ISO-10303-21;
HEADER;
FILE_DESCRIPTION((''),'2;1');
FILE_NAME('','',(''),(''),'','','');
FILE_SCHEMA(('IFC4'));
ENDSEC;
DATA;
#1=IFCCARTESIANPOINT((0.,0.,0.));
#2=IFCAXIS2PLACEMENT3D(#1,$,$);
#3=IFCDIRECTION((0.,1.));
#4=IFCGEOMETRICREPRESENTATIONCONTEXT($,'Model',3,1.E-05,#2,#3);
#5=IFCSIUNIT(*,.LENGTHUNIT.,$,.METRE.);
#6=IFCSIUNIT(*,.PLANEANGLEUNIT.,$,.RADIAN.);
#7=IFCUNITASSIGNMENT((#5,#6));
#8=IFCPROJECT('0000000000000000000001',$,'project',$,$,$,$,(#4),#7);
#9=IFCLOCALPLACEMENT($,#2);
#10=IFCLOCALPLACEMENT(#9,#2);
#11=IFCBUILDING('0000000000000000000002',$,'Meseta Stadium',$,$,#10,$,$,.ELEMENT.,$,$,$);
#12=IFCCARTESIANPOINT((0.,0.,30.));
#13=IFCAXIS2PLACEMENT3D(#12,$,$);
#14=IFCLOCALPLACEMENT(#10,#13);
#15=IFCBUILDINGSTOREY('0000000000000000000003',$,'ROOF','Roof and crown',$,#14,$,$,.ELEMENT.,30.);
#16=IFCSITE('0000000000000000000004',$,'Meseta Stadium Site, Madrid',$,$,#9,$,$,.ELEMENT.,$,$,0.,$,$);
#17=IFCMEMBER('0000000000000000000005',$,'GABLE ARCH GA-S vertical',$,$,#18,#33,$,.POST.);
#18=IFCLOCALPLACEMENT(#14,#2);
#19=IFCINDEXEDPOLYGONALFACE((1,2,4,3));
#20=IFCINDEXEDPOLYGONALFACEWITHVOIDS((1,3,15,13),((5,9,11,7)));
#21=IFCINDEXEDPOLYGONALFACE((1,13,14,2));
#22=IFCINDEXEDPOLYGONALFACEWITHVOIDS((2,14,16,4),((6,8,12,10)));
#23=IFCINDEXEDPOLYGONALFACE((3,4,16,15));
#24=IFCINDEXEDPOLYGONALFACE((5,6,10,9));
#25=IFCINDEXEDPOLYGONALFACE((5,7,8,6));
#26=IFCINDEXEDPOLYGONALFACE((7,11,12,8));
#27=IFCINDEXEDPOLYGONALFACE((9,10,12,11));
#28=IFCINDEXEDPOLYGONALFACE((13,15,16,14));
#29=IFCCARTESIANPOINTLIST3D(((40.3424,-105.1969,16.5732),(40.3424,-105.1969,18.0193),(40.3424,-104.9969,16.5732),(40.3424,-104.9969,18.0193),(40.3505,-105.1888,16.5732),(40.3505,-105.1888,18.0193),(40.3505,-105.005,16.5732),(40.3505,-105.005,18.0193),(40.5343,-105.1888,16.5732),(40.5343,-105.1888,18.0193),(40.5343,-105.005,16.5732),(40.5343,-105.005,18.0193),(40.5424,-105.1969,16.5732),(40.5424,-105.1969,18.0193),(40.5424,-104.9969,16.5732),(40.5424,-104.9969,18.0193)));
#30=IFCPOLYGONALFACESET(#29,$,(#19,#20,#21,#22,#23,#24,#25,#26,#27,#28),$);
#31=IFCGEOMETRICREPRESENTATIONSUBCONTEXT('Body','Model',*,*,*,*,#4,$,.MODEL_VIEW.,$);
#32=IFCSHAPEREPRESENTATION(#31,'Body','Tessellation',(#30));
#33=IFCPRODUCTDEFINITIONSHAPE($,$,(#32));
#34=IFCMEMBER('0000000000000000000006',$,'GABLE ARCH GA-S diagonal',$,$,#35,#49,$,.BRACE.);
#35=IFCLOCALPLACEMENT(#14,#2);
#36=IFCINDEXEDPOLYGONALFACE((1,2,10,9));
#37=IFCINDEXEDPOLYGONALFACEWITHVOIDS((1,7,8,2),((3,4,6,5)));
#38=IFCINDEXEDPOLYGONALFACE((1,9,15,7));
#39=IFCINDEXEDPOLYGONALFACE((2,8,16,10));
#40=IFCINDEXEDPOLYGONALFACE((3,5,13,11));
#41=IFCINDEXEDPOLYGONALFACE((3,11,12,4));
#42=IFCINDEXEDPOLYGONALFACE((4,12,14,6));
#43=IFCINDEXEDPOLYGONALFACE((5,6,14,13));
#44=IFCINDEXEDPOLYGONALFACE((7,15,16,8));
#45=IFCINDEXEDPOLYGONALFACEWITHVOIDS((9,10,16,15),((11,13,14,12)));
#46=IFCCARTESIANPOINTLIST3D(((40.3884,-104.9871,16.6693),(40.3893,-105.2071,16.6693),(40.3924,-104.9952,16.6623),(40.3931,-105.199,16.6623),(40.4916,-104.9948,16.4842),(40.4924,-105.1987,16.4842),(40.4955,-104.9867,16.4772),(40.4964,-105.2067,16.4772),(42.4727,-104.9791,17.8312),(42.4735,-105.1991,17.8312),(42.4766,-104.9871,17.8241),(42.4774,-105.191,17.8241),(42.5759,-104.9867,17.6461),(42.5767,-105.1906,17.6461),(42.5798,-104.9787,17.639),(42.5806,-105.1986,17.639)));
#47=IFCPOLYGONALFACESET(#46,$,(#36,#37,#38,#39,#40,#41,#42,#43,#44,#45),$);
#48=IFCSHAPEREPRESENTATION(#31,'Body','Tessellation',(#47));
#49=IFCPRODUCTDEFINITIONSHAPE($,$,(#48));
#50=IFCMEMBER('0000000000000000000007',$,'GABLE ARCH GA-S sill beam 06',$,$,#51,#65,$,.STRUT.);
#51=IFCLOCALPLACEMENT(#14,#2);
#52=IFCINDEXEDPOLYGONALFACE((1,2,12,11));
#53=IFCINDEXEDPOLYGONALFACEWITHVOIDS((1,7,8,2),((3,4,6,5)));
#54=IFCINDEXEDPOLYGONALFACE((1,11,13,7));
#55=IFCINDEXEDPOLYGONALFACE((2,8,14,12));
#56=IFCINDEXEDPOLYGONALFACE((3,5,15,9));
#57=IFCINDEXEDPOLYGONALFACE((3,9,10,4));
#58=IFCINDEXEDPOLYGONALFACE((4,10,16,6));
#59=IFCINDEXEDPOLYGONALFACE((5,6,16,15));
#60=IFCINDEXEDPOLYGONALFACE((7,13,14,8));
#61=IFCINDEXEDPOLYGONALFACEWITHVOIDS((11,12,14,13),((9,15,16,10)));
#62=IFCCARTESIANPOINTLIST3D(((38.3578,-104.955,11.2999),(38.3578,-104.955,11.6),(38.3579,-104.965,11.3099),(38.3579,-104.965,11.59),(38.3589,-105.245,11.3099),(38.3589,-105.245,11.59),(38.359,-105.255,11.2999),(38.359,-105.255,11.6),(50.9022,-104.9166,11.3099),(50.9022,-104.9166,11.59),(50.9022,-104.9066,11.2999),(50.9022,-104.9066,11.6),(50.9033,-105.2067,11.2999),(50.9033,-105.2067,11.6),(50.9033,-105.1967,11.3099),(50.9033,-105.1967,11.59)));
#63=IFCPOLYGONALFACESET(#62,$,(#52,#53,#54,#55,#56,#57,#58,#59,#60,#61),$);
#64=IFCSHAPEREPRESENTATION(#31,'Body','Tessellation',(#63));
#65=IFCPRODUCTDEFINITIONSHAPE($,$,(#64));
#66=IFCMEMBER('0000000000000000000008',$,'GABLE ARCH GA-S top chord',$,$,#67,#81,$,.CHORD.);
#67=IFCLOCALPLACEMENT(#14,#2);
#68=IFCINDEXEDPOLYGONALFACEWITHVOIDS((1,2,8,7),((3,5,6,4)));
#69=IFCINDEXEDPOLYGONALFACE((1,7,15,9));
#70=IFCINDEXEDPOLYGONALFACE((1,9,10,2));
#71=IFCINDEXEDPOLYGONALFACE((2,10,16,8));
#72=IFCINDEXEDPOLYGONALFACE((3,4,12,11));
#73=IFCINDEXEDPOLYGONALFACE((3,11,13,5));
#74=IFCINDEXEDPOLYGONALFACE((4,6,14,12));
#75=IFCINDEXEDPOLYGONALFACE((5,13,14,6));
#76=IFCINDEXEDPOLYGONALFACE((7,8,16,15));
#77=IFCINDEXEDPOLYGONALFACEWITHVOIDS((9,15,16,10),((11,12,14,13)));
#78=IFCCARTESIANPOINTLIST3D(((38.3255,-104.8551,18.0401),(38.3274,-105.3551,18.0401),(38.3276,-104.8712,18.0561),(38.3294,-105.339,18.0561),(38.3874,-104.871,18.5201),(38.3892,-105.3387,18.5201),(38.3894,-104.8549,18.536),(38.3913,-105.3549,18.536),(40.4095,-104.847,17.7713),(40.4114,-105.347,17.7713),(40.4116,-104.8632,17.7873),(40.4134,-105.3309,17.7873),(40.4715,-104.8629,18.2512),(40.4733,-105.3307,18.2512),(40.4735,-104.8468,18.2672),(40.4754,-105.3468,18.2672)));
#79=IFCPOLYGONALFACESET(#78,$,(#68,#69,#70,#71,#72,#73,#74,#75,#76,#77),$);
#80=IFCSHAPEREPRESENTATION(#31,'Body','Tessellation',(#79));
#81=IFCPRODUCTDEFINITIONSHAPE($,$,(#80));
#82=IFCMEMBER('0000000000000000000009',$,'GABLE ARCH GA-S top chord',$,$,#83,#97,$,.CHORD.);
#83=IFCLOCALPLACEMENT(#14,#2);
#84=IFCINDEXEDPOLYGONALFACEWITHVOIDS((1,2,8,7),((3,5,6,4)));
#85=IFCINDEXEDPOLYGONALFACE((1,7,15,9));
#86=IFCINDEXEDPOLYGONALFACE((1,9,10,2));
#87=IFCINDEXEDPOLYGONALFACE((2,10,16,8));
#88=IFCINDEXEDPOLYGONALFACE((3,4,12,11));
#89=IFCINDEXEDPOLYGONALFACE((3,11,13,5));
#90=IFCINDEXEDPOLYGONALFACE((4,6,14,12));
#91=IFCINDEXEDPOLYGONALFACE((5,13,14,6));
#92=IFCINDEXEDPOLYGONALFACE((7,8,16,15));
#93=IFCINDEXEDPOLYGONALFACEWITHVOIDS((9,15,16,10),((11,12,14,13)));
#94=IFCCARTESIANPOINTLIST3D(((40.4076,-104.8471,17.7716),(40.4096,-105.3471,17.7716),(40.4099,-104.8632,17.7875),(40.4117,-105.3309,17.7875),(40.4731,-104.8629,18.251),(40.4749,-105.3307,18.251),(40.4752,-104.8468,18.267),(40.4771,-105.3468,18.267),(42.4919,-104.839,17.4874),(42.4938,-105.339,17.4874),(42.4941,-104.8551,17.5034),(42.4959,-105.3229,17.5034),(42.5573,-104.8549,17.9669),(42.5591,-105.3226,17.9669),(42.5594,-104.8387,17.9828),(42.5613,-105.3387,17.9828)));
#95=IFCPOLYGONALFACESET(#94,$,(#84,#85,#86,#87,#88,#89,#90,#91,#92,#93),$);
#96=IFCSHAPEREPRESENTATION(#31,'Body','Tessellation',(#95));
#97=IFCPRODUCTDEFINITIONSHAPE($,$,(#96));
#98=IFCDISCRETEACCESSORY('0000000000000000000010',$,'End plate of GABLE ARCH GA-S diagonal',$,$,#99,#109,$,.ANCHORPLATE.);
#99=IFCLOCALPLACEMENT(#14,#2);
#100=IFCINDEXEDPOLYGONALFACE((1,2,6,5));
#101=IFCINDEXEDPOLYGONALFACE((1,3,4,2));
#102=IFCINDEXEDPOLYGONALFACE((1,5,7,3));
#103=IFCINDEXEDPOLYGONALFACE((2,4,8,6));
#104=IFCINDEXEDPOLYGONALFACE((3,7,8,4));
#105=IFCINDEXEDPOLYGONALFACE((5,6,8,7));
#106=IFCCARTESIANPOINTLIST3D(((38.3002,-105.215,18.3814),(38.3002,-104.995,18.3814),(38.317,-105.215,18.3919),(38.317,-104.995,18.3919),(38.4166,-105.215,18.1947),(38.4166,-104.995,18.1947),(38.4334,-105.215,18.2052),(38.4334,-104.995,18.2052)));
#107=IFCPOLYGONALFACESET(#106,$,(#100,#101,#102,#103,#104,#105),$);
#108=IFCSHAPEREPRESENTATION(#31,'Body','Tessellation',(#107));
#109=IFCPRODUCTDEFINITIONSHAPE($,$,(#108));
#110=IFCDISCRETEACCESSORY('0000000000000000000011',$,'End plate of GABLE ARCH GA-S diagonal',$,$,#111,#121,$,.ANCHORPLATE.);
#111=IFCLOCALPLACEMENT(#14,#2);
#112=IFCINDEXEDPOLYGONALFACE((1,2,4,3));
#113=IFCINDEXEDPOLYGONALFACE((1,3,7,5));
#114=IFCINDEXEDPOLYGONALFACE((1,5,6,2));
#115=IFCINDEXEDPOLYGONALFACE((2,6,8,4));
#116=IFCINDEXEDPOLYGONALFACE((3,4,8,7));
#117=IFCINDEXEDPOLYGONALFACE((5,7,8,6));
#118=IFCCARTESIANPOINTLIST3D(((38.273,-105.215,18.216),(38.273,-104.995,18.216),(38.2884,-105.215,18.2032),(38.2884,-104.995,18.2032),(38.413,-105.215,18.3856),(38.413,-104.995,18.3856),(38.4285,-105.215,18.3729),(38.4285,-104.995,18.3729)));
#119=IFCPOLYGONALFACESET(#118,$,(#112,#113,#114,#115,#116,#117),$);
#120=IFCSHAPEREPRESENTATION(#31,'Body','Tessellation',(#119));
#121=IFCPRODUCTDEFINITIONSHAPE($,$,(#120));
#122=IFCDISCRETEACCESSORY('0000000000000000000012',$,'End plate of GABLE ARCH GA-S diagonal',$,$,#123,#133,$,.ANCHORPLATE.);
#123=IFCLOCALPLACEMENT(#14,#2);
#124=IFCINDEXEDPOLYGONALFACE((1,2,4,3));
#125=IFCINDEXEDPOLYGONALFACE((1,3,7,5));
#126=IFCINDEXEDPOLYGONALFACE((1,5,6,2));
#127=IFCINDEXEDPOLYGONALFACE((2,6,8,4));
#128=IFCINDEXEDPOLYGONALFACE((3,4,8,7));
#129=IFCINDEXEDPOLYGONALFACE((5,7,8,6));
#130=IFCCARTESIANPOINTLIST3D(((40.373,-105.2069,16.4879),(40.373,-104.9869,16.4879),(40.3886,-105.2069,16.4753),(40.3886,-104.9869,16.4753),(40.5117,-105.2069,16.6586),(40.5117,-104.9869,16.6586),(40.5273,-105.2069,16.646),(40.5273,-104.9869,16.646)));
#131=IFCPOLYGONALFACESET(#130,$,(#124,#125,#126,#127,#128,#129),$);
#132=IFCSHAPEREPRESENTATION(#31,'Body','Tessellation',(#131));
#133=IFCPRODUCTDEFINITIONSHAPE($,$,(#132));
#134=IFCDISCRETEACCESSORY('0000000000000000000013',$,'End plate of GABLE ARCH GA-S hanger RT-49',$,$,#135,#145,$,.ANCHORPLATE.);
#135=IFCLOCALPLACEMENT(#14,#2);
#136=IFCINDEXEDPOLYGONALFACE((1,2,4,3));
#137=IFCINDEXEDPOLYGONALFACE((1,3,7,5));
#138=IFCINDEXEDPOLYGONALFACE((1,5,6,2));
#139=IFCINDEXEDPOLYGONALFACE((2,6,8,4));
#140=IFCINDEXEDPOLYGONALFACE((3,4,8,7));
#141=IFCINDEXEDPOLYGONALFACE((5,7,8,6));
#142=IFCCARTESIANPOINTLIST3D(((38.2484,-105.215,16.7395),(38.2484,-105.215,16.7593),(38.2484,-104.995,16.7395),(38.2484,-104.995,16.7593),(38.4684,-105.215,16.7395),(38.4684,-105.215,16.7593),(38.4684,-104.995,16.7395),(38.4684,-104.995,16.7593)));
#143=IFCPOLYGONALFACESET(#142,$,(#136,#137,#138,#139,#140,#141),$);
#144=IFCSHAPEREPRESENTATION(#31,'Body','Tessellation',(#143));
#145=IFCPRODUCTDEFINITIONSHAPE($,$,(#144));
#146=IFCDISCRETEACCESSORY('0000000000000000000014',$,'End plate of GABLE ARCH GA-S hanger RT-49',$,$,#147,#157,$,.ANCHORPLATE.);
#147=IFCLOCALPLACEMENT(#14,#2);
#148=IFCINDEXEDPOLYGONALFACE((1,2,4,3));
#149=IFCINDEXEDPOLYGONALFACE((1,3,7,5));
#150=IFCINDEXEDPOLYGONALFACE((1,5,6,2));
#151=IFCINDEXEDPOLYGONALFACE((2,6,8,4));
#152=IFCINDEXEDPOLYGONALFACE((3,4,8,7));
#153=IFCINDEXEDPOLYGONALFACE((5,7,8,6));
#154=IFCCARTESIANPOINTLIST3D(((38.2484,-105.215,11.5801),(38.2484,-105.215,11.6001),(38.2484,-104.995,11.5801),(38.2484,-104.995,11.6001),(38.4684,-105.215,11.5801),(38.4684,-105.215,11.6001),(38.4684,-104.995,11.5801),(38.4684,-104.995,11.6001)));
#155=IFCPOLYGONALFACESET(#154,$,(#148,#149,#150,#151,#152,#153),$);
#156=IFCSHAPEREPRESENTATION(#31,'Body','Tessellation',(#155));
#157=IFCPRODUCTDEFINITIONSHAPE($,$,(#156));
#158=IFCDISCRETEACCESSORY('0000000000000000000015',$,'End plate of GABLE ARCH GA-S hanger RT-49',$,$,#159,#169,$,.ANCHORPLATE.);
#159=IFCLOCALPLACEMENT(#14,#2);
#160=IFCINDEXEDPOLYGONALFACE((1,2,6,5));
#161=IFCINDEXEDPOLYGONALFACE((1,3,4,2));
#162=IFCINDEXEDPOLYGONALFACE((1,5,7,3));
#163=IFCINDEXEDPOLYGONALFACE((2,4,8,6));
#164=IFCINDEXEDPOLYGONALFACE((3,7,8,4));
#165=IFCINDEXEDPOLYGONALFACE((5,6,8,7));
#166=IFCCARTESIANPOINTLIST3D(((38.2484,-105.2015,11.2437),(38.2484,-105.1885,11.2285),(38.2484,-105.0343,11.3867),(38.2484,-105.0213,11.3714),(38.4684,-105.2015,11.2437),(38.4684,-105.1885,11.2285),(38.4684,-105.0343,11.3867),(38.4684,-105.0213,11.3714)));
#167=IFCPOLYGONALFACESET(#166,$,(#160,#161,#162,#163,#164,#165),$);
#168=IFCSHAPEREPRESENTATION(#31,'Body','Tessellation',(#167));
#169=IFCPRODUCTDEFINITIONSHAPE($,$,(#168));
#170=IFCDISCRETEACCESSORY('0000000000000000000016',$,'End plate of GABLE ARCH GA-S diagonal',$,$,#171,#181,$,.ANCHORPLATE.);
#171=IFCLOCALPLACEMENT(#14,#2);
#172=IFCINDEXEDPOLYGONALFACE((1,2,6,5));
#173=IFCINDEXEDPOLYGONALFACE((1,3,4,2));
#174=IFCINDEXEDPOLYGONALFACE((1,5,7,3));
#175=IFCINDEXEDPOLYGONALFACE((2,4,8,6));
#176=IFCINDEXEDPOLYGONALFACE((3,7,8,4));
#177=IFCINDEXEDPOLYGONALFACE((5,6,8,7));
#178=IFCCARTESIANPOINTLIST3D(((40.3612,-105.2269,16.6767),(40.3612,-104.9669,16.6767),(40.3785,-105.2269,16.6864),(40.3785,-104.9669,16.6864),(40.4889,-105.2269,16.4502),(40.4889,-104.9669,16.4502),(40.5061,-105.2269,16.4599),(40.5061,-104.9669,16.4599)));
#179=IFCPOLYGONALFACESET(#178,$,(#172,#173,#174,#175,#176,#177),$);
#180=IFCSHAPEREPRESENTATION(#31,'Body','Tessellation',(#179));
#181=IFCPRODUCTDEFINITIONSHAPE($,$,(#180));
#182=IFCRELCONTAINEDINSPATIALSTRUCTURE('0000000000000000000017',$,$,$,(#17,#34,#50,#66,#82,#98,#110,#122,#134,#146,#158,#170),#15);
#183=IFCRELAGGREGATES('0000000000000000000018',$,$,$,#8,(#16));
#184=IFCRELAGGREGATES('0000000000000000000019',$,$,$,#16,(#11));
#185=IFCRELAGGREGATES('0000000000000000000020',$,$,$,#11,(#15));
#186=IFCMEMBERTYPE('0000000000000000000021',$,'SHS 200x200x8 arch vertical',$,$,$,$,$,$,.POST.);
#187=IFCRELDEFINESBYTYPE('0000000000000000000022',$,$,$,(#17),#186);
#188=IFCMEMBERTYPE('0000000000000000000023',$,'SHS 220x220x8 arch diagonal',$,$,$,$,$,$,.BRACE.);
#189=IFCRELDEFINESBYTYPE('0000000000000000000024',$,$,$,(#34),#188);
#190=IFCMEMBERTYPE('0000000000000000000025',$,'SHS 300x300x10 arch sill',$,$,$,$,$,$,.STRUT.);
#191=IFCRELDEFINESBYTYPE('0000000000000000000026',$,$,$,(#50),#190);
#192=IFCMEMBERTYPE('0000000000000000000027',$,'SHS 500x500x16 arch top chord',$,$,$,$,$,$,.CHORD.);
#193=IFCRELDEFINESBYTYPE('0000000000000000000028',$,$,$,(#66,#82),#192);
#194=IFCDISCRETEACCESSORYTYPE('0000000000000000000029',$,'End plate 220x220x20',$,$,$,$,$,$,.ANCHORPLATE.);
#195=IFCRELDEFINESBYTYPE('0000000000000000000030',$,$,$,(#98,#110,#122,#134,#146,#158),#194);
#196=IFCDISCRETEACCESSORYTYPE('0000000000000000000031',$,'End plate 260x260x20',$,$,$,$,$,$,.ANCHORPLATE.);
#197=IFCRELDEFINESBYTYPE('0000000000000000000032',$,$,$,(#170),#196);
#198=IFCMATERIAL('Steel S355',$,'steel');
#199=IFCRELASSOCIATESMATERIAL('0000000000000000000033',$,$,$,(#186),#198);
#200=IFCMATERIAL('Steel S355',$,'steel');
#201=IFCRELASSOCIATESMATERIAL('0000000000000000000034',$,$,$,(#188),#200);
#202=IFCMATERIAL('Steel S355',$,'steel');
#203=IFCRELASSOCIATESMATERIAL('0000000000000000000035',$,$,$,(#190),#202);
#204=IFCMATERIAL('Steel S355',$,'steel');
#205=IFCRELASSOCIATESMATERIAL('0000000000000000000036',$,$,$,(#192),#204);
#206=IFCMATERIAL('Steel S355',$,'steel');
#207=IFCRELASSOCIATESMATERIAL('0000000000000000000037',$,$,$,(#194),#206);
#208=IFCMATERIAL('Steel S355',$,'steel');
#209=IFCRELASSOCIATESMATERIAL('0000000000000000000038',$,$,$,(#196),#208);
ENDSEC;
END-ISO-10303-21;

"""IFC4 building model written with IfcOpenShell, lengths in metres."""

from ifc_helpers import new_model, si_unit, direction, frame, origin, origin_2d, place, context, subcontext, project, spatial, rectangle, hollow_rectangle, extrude, material, material_profile, profile_set, type_object, element, save


model = new_model("IFC4")

# Units and contexts
model_context = context("Model", 3, precision=1e-05, world=origin(), true_north=direction((0.0, 1.0)))
body_context = subcontext(model_context, "Body", "Model", "MODEL_VIEW")
ifc_project = project(units=[si_unit("LENGTHUNIT", "METRE"), si_unit("PLANEANGLEUNIT", "RADIAN")], contexts=[model_context])

# Site, building, storey
site_placement = place(None, origin())
site = spatial("IfcSite", under=ifc_project, at=site_placement, Name="Meseta Stadium Site, Madrid", CompositionType="ELEMENT", RefElevation=0.0)
building_placement = place(site_placement, origin())
building = spatial("IfcBuilding", under=site, at=building_placement, Name="Meseta Stadium", CompositionType="ELEMENT")
storey_placement = place(building_placement, frame((0.0, 0.0, 30.0)))
storey = spatial("IfcBuildingStorey", under=building, at=storey_placement, Name="ROOF", Description="Roof and crown", CompositionType="ELEMENT", Elevation=30.0)

# Members
ifc_material_1 = material(Name="Steel S355", Category="steel")
ifc_material_profile_1 = material_profile(ifc_material_1, hollow_rectangle(XDim=0.2, YDim=0.2, WallThickness=0.0081, at=origin_2d()), Name="SHS 200x200x8")
ifc_profile_set_1 = profile_set([ifc_material_profile_1], Name="Steel S355")
member_type_1 = type_object("IfcMemberType", Name="SHS 200x200x8 arch vertical", PredefinedType="POST", material=ifc_profile_set_1)
member_1_placement = place(storey_placement, frame((40.4424, -105.0969, 16.5732), z_axis=(0.0, 0.0, 1.0), x_axis=(1.0, 0.0, 0.0)))
element("IfcMember", 1, at=member_1_placement, inside=storey, type_object=member_type_1, Name="GABLE ARCH GA-S vertical", PredefinedType="POST", context=body_context, shape_type="SweptSolid", body=[
    extrude(hollow_rectangle(XDim=0.2, YDim=0.2, WallThickness=0.0081, at=origin_2d()), origin(), (0.0, 0.0, 1.0), 1.446),
])
ifc_material_2 = material(Name="Steel S355", Category="steel")
ifc_material_profile_2 = material_profile(ifc_material_2, hollow_rectangle(XDim=0.22, YDim=0.22, WallThickness=0.0081, at=origin_2d()), Name="SHS 220x220x8")
ifc_profile_set_2 = profile_set([ifc_material_profile_2], Name="Steel S355")
member_type_2 = type_object("IfcMemberType", Name="SHS 220x220x8 arch diagonal", PredefinedType="BRACE", material=ifc_profile_set_2)
member_2_placement = place(storey_placement, frame((40.4424, -105.0969, 16.5732), z_axis=(0.873447, 0.003376, 0.486908), x_axis=(-0.003865, 0.999993, 0.0)))
element("IfcMember", 2, at=member_2_placement, inside=storey, type_object=member_type_2, Name="GABLE ARCH GA-S diagonal", PredefinedType="BRACE", context=body_context, shape_type="SweptSolid", body=[
    extrude(hollow_rectangle(XDim=0.22, YDim=0.22, WallThickness=0.0081, at=origin_2d()), origin(), (0.0, 0.0, 1.0), 2.3862),
])
ifc_material_3 = material(Name="Steel S355", Category="steel")
ifc_material_profile_3 = material_profile(ifc_material_3, hollow_rectangle(XDim=0.3, YDim=0.3, WallThickness=0.01, at=origin_2d()), Name="SHS 300x300x10")
ifc_profile_set_3 = profile_set([ifc_material_profile_3], Name="Steel S355")
member_type_3 = type_object("IfcMemberType", Name="SHS 300x300x10 arch sill", PredefinedType="STRUT", material=ifc_profile_set_3)
member_3_placement = place(storey_placement, frame((38.3584, -105.105, 11.45), z_axis=(0.999993, 0.003853, 0.0), x_axis=(-0.003853, 0.999993, 0.0)))
element("IfcMember", 3, at=member_3_placement, inside=storey, type_object=member_type_3, Name="GABLE ARCH GA-S sill beam 06", PredefinedType="STRUT", context=body_context, shape_type="SweptSolid", body=[
    extrude(hollow_rectangle(XDim=0.3, YDim=0.3, WallThickness=0.01, at=origin_2d()), origin(), (0.0, 0.0, 1.0), 12.5444),
])
ifc_material_4 = material(Name="Steel S355", Category="steel")
ifc_material_profile_4 = material_profile(ifc_material_4, hollow_rectangle(XDim=0.5, YDim=0.5, WallThickness=0.0161, at=origin_2d()), Name="SHS 500x500x16")
ifc_profile_set_4 = profile_set([ifc_material_profile_4], Name="Steel S355")
member_type_4 = type_object("IfcMemberType", Name="SHS 500x500x16 arch top chord", PredefinedType="CHORD", material=ifc_profile_set_4)
member_4_placement = place(storey_placement, frame((38.3584, -105.105, 18.2881), z_axis=(0.991777, 0.003834, -0.127922), x_axis=(-0.003866, 0.999993, 0.0)))
element("IfcMember", 4, at=member_4_placement, inside=storey, type_object=member_type_4, Name="GABLE ARCH GA-S top chord", PredefinedType="CHORD", context=body_context, shape_type="SweptSolid", body=[
    extrude(hollow_rectangle(XDim=0.5, YDim=0.5, WallThickness=0.0161, at=origin_2d()), origin(), (0.0, 0.0, 1.0), 2.1013),
])
member_5_placement = place(storey_placement, frame((40.4424, -105.0969, 18.0193), z_axis=(0.990825, 0.00383, -0.135097), x_axis=(-0.003865, 0.999993, 0.0)))
element("IfcMember", 5, at=member_5_placement, inside=storey, type_object=member_type_4, Name="GABLE ARCH GA-S top chord", PredefinedType="CHORD", context=body_context, shape_type="SweptSolid", body=[
    extrude(hollow_rectangle(XDim=0.5, YDim=0.5, WallThickness=0.0161, at=origin_2d()), origin(), (0.0, 0.0, 1.0), 2.1035),
])

# Discrete accessories
ifc_material_5 = material(Name="Steel S355", Category="steel")
ifc_material_profile_5 = material_profile(ifc_material_5, rectangle(XDim=0.22, YDim=0.22, at=origin_2d()), Name="PL 220x220")
ifc_profile_set_5 = profile_set([ifc_material_profile_5], Name="Steel S355")
discrete_accessory_type_1 = type_object("IfcDiscreteAccessoryType", Name="End plate 220x220x20", PredefinedType="ANCHORPLATE", material=ifc_profile_set_5)
discrete_accessory_1_placement = place(storey_placement, frame((38.3584, -105.105, 18.2881), z_axis=(0.848689, 0.0, 0.528893), x_axis=(0.0, 1.0, 0.0)))
element("IfcDiscreteAccessory", 6, at=discrete_accessory_1_placement, inside=storey, type_object=discrete_accessory_type_1, Name="End plate of GABLE ARCH GA-S diagonal", PredefinedType="ANCHORPLATE", context=body_context, shape_type="SweptSolid", body=[
    extrude(rectangle(XDim=0.22, YDim=0.22, at=origin_2d()), origin(), (0.0, 0.0, 1.0), 0.0198),
])
for number, where, z_axis, x_axis, name in (
    (7, (38.343, -105.105, 18.3008), (0.771223, 0.0, -0.636565), (0.0, 1.0, 0.0), "End plate of GABLE ARCH GA-S diagonal"),
    (8, (40.4424, -105.0969, 16.5732), (0.776114, 0.0, -0.630593), (0.0, 1.0, 0.0), "End plate of GABLE ARCH GA-S diagonal"),
):
    element("IfcDiscreteAccessory", number, at=place(storey_placement, frame(where, z_axis=z_axis, x_axis=x_axis)), inside=storey, type_object=discrete_accessory_type_1, Name=name, PredefinedType="ANCHORPLATE", context=body_context, shape_type="SweptSolid", body=[
        extrude(rectangle(XDim=0.22, YDim=0.22, at=origin_2d()), origin(), (0.0, 0.0, 1.0), 0.02),
    ])
discrete_accessory_2_placement = place(storey_placement, frame((38.3584, -105.105, 16.7593), z_axis=(0.0, 0.0, -1.0), x_axis=(1.0, 0.0, 0.0)))
element("IfcDiscreteAccessory", 9, at=discrete_accessory_2_placement, inside=storey, type_object=discrete_accessory_type_1, Name="End plate of GABLE ARCH GA-S hanger RT-49", PredefinedType="ANCHORPLATE", context=body_context, shape_type="SweptSolid", body=[
    extrude(rectangle(XDim=0.22, YDim=0.22, at=origin_2d()), origin(), (0.0, 0.0, 1.0), 0.0198),
])
for number, where, z_axis, x_axis, name in (
    (10, (38.3584, -105.105, 11.6001), (0.0, 0.0, -1.0), (1.0, 0.0, 0.0), "End plate of GABLE ARCH GA-S hanger RT-49"),
    (11, (38.3584, -105.1179, 11.3152), (0.0, 0.649781, -0.760121), (-1.0, 0.0, 0.0), "End plate of GABLE ARCH GA-S hanger RT-49"),
):
    element("IfcDiscreteAccessory", number, at=place(storey_placement, frame(where, z_axis=z_axis, x_axis=x_axis)), inside=storey, type_object=discrete_accessory_type_1, Name=name, PredefinedType="ANCHORPLATE", context=body_context, shape_type="SweptSolid", body=[
        extrude(rectangle(XDim=0.22, YDim=0.22, at=origin_2d()), origin(), (0.0, 0.0, 1.0), 0.02),
    ])
ifc_material_6 = material(Name="Steel S355", Category="steel")
ifc_material_profile_6 = material_profile(ifc_material_6, rectangle(XDim=0.26, YDim=0.26, at=origin_2d()), Name="PL 260x260")
ifc_profile_set_6 = profile_set([ifc_material_profile_6], Name="Steel S355")
discrete_accessory_type_2 = type_object("IfcDiscreteAccessoryType", Name="End plate 260x260x20", PredefinedType="ANCHORPLATE", material=ifc_profile_set_6)
discrete_accessory_3_placement = place(storey_placement, frame((40.425, -105.0969, 16.5635), z_axis=(0.871248, 0.0, 0.490844), x_axis=(0.0, 1.0, 0.0)))
element("IfcDiscreteAccessory", 12, at=discrete_accessory_3_placement, inside=storey, type_object=discrete_accessory_type_2, Name="End plate of GABLE ARCH GA-S diagonal", PredefinedType="ANCHORPLATE", context=body_context, shape_type="SweptSolid", body=[
    extrude(rectangle(XDim=0.26, YDim=0.26, at=origin_2d()), origin(), (0.0, 0.0, 1.0), 0.0198),
])

save(model, "model.ifc")
